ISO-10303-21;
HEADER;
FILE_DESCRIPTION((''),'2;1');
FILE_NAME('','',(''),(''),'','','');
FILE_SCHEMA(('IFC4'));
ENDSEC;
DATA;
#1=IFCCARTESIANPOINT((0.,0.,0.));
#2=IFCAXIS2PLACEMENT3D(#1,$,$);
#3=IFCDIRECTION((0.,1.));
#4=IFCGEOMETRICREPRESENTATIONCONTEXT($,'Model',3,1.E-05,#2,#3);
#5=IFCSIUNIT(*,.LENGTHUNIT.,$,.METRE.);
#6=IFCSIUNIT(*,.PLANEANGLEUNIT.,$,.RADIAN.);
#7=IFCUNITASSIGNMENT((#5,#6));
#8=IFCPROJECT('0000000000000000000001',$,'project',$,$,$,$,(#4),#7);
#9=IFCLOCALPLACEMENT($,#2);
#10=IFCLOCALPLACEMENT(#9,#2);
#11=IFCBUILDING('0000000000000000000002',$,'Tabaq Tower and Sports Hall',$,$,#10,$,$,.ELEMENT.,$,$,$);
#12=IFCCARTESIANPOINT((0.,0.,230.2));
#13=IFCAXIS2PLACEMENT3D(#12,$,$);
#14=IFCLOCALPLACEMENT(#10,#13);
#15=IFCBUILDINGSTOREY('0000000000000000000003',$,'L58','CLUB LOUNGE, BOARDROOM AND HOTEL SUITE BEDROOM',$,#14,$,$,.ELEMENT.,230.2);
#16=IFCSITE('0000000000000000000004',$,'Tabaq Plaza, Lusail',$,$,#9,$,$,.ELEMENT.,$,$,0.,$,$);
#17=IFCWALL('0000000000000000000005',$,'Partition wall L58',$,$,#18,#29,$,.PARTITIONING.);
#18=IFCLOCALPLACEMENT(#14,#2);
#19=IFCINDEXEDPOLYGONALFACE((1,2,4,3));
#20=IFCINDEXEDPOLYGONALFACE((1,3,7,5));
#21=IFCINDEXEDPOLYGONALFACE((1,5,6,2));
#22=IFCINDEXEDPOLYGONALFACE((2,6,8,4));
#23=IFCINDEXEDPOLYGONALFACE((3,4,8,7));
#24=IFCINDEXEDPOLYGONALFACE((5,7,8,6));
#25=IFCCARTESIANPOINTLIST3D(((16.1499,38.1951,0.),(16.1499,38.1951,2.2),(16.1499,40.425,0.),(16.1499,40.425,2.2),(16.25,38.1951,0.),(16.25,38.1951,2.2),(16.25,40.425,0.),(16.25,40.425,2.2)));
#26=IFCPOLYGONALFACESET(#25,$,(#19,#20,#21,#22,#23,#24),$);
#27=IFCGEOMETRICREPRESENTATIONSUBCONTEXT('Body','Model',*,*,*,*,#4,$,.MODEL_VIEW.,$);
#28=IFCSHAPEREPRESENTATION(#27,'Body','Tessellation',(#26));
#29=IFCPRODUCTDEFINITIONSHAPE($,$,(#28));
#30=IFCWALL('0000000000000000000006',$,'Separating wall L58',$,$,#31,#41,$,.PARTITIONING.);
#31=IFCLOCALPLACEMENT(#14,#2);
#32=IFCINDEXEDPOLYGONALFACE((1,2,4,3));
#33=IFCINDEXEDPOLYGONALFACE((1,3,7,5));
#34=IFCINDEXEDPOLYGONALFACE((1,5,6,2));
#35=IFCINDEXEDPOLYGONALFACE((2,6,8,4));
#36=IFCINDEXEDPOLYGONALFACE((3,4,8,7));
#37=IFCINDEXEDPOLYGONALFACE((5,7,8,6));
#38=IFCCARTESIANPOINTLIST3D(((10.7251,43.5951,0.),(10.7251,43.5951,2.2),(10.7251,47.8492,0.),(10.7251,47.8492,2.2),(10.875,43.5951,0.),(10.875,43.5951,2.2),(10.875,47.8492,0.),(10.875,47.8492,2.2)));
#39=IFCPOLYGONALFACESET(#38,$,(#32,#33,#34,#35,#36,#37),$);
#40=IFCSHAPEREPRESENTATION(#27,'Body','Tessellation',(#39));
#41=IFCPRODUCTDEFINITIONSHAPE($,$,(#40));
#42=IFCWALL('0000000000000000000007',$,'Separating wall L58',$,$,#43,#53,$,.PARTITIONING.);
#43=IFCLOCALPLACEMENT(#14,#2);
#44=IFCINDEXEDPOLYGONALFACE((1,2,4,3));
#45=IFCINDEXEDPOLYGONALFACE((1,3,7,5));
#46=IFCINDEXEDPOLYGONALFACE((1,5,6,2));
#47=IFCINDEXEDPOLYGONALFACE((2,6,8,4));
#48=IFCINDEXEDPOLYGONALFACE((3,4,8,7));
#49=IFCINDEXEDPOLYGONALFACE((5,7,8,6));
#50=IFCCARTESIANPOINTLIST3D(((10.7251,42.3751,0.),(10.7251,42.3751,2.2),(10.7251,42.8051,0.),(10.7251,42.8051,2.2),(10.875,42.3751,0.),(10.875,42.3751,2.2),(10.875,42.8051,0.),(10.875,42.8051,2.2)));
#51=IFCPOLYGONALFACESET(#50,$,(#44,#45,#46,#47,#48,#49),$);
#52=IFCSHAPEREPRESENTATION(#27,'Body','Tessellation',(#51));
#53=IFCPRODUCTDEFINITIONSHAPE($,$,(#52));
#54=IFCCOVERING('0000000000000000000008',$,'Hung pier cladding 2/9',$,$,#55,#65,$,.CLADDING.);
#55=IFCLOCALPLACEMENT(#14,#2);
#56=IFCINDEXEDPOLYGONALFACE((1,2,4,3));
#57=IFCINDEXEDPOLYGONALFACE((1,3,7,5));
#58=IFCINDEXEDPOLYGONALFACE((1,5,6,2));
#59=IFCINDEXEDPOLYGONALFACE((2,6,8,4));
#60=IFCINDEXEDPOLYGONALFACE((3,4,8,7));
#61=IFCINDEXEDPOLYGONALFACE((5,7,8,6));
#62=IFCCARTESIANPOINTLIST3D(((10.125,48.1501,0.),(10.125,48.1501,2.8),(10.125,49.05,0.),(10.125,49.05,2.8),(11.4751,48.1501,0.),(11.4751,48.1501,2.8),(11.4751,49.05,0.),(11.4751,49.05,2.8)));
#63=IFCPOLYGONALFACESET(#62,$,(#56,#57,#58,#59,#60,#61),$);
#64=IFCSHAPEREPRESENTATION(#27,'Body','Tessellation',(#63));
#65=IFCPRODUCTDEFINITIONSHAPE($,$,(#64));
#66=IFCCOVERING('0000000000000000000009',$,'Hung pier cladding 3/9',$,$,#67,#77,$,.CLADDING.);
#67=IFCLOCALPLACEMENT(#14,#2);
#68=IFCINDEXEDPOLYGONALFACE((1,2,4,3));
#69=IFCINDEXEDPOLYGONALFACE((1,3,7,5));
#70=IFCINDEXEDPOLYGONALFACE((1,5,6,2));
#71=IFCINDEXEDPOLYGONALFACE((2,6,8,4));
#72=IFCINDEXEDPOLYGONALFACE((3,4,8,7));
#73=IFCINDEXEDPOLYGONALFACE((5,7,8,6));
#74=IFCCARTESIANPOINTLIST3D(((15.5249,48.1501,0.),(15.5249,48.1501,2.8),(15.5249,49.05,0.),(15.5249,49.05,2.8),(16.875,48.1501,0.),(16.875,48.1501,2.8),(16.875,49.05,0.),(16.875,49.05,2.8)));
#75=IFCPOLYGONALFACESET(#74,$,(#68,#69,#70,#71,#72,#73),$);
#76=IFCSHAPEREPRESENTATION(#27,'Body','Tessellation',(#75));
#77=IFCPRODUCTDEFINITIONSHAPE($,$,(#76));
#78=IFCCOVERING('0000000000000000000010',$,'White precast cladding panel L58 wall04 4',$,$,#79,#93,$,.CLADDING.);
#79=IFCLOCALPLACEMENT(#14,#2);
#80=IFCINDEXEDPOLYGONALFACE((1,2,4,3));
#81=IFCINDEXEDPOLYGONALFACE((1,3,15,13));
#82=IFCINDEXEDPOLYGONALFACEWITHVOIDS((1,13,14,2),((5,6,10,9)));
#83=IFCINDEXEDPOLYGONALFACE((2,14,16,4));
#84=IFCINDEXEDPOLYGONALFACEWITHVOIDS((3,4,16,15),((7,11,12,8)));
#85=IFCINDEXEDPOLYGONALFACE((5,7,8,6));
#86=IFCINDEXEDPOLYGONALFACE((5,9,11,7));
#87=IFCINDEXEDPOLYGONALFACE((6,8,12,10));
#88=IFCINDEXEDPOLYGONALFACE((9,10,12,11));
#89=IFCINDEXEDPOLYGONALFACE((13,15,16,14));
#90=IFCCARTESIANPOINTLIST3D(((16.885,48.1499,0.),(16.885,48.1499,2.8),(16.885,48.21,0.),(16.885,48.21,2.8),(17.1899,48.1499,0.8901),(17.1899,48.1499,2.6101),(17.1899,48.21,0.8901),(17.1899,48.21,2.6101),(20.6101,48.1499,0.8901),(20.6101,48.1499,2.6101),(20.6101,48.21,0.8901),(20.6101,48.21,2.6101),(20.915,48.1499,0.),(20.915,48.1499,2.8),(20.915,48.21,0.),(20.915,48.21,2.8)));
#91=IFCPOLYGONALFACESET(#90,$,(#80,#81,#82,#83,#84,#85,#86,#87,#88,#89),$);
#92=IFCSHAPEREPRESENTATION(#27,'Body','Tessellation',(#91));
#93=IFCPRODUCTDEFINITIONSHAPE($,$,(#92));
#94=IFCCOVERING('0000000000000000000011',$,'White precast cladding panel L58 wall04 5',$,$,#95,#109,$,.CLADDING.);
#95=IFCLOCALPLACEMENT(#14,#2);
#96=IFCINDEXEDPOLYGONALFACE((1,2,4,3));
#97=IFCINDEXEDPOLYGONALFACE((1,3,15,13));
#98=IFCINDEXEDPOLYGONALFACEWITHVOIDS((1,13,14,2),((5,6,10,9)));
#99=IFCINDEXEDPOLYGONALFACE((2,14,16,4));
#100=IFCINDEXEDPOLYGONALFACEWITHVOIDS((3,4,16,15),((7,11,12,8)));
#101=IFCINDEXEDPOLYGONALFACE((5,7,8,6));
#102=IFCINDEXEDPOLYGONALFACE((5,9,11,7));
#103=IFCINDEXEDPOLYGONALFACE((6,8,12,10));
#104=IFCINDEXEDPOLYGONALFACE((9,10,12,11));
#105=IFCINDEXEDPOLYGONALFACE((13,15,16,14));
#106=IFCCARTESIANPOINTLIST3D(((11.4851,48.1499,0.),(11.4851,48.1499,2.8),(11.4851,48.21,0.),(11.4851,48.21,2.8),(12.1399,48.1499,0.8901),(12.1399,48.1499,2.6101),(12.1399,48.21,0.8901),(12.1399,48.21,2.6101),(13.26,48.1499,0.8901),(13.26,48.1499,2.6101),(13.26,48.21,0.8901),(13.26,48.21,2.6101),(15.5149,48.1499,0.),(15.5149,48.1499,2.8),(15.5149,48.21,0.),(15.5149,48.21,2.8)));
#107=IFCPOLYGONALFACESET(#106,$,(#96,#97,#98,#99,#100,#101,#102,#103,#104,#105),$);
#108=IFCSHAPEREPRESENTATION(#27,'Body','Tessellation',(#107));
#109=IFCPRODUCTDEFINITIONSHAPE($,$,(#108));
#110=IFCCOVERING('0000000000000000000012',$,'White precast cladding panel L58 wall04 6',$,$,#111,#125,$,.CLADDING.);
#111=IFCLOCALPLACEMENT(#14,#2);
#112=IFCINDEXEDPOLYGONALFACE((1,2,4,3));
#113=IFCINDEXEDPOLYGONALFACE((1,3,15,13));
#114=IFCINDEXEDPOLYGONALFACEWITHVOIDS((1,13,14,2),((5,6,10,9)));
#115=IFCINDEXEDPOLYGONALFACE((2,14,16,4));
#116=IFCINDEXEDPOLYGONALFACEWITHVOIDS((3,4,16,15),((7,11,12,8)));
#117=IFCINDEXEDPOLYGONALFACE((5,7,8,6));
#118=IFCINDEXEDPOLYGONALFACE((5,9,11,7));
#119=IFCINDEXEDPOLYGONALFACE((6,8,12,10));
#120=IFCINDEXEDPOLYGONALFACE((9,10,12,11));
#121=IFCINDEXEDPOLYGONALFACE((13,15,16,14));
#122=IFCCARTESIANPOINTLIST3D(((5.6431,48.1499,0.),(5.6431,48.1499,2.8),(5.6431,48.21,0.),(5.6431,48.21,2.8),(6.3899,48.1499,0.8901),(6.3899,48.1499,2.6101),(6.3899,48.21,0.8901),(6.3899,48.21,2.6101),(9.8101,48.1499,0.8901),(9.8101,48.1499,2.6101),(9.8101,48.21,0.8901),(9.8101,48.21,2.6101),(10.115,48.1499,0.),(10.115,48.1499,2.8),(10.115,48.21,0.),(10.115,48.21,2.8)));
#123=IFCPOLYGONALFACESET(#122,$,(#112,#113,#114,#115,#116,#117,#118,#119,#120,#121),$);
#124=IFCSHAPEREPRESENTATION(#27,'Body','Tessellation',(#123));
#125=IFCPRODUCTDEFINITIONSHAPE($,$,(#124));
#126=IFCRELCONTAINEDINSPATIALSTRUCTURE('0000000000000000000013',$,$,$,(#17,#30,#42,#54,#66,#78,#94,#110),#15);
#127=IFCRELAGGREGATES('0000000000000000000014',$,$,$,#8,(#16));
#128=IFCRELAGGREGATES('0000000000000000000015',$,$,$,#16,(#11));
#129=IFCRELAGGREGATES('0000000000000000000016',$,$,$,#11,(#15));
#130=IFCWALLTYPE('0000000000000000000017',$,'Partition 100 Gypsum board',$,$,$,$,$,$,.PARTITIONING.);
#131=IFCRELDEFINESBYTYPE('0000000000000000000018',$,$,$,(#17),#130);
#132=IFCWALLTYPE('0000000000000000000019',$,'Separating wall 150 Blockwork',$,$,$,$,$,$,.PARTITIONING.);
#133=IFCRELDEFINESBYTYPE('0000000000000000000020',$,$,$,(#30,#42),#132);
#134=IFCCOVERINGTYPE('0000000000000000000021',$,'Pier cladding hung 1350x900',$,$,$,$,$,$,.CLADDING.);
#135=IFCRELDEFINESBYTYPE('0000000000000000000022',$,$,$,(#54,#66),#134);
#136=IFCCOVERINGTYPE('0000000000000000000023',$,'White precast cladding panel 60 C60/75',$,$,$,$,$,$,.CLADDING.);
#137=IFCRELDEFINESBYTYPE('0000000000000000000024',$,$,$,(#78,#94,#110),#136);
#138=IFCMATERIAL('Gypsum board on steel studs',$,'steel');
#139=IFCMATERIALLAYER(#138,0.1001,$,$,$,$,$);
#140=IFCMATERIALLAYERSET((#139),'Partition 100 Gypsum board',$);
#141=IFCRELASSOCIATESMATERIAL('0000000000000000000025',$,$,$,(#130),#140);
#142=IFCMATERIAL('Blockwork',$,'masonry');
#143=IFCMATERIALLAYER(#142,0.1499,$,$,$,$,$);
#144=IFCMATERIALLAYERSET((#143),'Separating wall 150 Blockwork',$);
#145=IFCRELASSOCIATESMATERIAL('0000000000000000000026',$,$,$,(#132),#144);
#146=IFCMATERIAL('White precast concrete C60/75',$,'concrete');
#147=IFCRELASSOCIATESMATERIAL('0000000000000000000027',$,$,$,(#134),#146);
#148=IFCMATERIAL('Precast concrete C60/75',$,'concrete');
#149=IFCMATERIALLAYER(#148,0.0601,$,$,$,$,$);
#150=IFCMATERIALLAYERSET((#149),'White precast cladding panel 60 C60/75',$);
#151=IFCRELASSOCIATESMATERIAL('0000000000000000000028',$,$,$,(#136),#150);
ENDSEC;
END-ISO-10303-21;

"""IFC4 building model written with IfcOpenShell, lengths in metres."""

from ifc_helpers import new_model, si_unit, direction, frame, frame_2d, origin, place, context, subcontext, project, spatial, polyline, rectangle, outline, extrude, material, layer, layer_set, type_object, element, save


model = new_model("IFC4")

# Units and contexts
model_context = context("Model", 3, precision=1e-05, world=origin(), true_north=direction((0.0, 1.0)))
body_context = subcontext(model_context, "Body", "Model", "MODEL_VIEW")
ifc_project = project(units=[si_unit("LENGTHUNIT", "METRE"), si_unit("PLANEANGLEUNIT", "RADIAN")], contexts=[model_context])

# Site, building, storey
site_placement = place(None, origin())
site = spatial("IfcSite", under=ifc_project, at=site_placement, Name="Tabaq Plaza, Lusail", CompositionType="ELEMENT", RefElevation=0.0)
building_placement = place(site_placement, origin())
building = spatial("IfcBuilding", under=site, at=building_placement, Name="Tabaq Tower and Sports Hall", CompositionType="ELEMENT")
storey_placement = place(building_placement, frame((0.0, 0.0, 230.2)))
storey = spatial("IfcBuildingStorey", under=building, at=storey_placement, Name="L58", Description="CLUB LOUNGE, BOARDROOM AND HOTEL SUITE BEDROOM", CompositionType="ELEMENT", Elevation=230.2)

# Shared definitions
ifc_material_1 = material(Name="Gypsum board on steel studs", Category="steel")
ifc_layer_1 = layer(ifc_material_1, 0.1001)
ifc_layer_set_1 = layer_set([ifc_layer_1], Name="Partition 100 Gypsum board")
wall_type_1 = type_object("IfcWallType", Name="Partition 100 Gypsum board", PredefinedType="PARTITIONING", material=ifc_layer_set_1)

# Walls
wall_1_placement = place(storey_placement, frame((16.2, 40.425, 0.0), z_axis=(0.0, 0.0, 1.0), x_axis=(0.0, -1.0, 0.0)))
element("IfcWall", 1, at=wall_1_placement, inside=storey, type_object=wall_type_1, Name="Partition wall L58", PredefinedType="PARTITIONING", context=body_context, shape_type="SweptSolid", body=[
    extrude(rectangle(XDim=2.23, YDim=0.1001, at=frame_2d((1.115, 0.0))), origin(), (0.0, 0.0, 1.0), 2.2),
])
ifc_material_2 = material(Name="Blockwork", Category="masonry")
ifc_layer_2 = layer(ifc_material_2, 0.1499)
ifc_layer_set_2 = layer_set([ifc_layer_2], Name="Separating wall 150 Blockwork")
wall_type_2 = type_object("IfcWallType", Name="Separating wall 150 Blockwork", PredefinedType="PARTITIONING", material=ifc_layer_set_2)
wall_2_placement = place(storey_placement, frame((10.8, 47.8491, 0.0), z_axis=(0.0, 0.0, 1.0), x_axis=(0.0, -1.0, 0.0)))
element("IfcWall", 2, at=wall_2_placement, inside=storey, type_object=wall_type_2, Name="Separating wall L58", PredefinedType="PARTITIONING", context=body_context, shape_type="SweptSolid", body=[
    extrude(rectangle(XDim=4.2542, YDim=0.1499, at=frame_2d((2.127, 0.0))), origin(), (0.0, 0.0, 1.0), 2.2),
])
wall_3_placement = place(storey_placement, frame((10.8, 42.8049, 0.0), z_axis=(0.0, 0.0, 1.0), x_axis=(0.0, -1.0, 0.0)))
element("IfcWall", 3, at=wall_3_placement, inside=storey, type_object=wall_type_2, Name="Separating wall L58", PredefinedType="PARTITIONING", context=body_context, shape_type="SweptSolid", body=[
    extrude(rectangle(XDim=0.4299, YDim=0.1499, at=frame_2d((0.2148, 0.0))), origin(), (0.0, 0.0, 1.0), 2.2),
])

# Coverings
ifc_material_3 = material(Name="White precast concrete C60/75", Category="concrete")
covering_type_1 = type_object("IfcCoveringType", Name="Pier cladding hung 1350x900", PredefinedType="CLADDING", material=ifc_material_3)
for number, where, z_axis, x_axis, name in (
    (4, (11.4751, 48.6001, 0.0), (0.0, 0.0, 1.0), (-1.0, 0.0, 0.0), "Hung pier cladding 2/9"),
    (5, (16.875, 48.6001, 0.0), (0.0, 0.0, 1.0), (-1.0, 0.0, 0.0), "Hung pier cladding 3/9"),
):
    element("IfcCovering", number, at=place(storey_placement, frame(where, z_axis=z_axis, x_axis=x_axis)), inside=storey, type_object=covering_type_1, Name=name, PredefinedType="CLADDING", context=body_context, shape_type="SweptSolid", body=[
        extrude(rectangle(XDim=1.3501, YDim=0.8999, at=frame_2d((0.675, 0.0))), origin(), (0.0, 0.0, 1.0), 2.8),
    ])
ifc_material_4 = material(Name="Precast concrete C60/75", Category="concrete")
ifc_layer_3 = layer(ifc_material_4, 0.0601)
ifc_layer_set_3 = layer_set([ifc_layer_3], Name="White precast cladding panel 60 C60/75")
covering_type_2 = type_object("IfcCoveringType", Name="White precast cladding panel 60 C60/75", PredefinedType="CLADDING", material=ifc_layer_set_3)
covering_1_placement = place(storey_placement, frame((20.915, 48.1799, 0.0), z_axis=(0.0, 0.0, 1.0), x_axis=(-1.0, 0.0, 0.0)))
element("IfcCovering", 6, at=covering_1_placement, inside=storey, type_object=covering_type_2, Name="White precast cladding panel L58 wall04 4", PredefinedType="CLADDING", context=body_context, shape_type="SweptSolid", body=[
    extrude(outline(polyline([(0.0, 0.0), (4.03, 0.0), (4.03, 2.8), (0.0, 2.8), (0.0, 0.0)]), holes=[polyline([(0.3049, 0.8901), (0.3049, 2.6101), (3.7251, 2.6101), (3.7251, 0.8901), (0.3049, 0.8901)])]), frame((0.0, 0.03, 0.0), z_axis=(0.0, -1.0, 0.0), x_axis=(1.0, 0.0, 0.0)), (0.0, 0.0, 1.0), 0.0601),
])
covering_2_placement = place(storey_placement, frame((15.5149, 48.1799, 0.0), z_axis=(0.0, 0.0, 1.0), x_axis=(-1.0, 0.0, 0.0)))
element("IfcCovering", 7, at=covering_2_placement, inside=storey, type_object=covering_type_2, Name="White precast cladding panel L58 wall04 5", PredefinedType="CLADDING", context=body_context, shape_type="SweptSolid", body=[
    extrude(outline(polyline([(0.0, 0.0), (4.0298, 0.0), (4.0298, 2.8), (0.0, 2.8), (0.0, 0.0)]), holes=[polyline([(2.2549, 0.8901), (2.2549, 2.6101), (3.375, 2.6101), (3.375, 0.8901), (2.2549, 0.8901)])]), frame((0.0, 0.03, 0.0), z_axis=(0.0, -1.0, 0.0), x_axis=(1.0, 0.0, 0.0)), (0.0, 0.0, 1.0), 0.0601),
])
covering_3_placement = place(storey_placement, frame((10.115, 48.1799, 0.0), z_axis=(0.0, 0.0, 1.0), x_axis=(-1.0, 0.0, 0.0)))
element("IfcCovering", 8, at=covering_3_placement, inside=storey, type_object=covering_type_2, Name="White precast cladding panel L58 wall04 6", PredefinedType="CLADDING", context=body_context, shape_type="SweptSolid", body=[
    extrude(outline(polyline([(0.0, 0.0), (4.4719, 0.0), (4.4719, 2.8), (0.0, 2.8), (0.0, 0.0)]), holes=[polyline([(0.3049, 0.8901), (0.3049, 2.6101), (3.7251, 2.6101), (3.7251, 0.8901), (0.3049, 0.8901)])]), frame((0.0, 0.03, 0.0), z_axis=(0.0, -1.0, 0.0), x_axis=(1.0, 0.0, 0.0)), (0.0, 0.0, 1.0), 0.0601),
])

save(model, "model.ifc")
